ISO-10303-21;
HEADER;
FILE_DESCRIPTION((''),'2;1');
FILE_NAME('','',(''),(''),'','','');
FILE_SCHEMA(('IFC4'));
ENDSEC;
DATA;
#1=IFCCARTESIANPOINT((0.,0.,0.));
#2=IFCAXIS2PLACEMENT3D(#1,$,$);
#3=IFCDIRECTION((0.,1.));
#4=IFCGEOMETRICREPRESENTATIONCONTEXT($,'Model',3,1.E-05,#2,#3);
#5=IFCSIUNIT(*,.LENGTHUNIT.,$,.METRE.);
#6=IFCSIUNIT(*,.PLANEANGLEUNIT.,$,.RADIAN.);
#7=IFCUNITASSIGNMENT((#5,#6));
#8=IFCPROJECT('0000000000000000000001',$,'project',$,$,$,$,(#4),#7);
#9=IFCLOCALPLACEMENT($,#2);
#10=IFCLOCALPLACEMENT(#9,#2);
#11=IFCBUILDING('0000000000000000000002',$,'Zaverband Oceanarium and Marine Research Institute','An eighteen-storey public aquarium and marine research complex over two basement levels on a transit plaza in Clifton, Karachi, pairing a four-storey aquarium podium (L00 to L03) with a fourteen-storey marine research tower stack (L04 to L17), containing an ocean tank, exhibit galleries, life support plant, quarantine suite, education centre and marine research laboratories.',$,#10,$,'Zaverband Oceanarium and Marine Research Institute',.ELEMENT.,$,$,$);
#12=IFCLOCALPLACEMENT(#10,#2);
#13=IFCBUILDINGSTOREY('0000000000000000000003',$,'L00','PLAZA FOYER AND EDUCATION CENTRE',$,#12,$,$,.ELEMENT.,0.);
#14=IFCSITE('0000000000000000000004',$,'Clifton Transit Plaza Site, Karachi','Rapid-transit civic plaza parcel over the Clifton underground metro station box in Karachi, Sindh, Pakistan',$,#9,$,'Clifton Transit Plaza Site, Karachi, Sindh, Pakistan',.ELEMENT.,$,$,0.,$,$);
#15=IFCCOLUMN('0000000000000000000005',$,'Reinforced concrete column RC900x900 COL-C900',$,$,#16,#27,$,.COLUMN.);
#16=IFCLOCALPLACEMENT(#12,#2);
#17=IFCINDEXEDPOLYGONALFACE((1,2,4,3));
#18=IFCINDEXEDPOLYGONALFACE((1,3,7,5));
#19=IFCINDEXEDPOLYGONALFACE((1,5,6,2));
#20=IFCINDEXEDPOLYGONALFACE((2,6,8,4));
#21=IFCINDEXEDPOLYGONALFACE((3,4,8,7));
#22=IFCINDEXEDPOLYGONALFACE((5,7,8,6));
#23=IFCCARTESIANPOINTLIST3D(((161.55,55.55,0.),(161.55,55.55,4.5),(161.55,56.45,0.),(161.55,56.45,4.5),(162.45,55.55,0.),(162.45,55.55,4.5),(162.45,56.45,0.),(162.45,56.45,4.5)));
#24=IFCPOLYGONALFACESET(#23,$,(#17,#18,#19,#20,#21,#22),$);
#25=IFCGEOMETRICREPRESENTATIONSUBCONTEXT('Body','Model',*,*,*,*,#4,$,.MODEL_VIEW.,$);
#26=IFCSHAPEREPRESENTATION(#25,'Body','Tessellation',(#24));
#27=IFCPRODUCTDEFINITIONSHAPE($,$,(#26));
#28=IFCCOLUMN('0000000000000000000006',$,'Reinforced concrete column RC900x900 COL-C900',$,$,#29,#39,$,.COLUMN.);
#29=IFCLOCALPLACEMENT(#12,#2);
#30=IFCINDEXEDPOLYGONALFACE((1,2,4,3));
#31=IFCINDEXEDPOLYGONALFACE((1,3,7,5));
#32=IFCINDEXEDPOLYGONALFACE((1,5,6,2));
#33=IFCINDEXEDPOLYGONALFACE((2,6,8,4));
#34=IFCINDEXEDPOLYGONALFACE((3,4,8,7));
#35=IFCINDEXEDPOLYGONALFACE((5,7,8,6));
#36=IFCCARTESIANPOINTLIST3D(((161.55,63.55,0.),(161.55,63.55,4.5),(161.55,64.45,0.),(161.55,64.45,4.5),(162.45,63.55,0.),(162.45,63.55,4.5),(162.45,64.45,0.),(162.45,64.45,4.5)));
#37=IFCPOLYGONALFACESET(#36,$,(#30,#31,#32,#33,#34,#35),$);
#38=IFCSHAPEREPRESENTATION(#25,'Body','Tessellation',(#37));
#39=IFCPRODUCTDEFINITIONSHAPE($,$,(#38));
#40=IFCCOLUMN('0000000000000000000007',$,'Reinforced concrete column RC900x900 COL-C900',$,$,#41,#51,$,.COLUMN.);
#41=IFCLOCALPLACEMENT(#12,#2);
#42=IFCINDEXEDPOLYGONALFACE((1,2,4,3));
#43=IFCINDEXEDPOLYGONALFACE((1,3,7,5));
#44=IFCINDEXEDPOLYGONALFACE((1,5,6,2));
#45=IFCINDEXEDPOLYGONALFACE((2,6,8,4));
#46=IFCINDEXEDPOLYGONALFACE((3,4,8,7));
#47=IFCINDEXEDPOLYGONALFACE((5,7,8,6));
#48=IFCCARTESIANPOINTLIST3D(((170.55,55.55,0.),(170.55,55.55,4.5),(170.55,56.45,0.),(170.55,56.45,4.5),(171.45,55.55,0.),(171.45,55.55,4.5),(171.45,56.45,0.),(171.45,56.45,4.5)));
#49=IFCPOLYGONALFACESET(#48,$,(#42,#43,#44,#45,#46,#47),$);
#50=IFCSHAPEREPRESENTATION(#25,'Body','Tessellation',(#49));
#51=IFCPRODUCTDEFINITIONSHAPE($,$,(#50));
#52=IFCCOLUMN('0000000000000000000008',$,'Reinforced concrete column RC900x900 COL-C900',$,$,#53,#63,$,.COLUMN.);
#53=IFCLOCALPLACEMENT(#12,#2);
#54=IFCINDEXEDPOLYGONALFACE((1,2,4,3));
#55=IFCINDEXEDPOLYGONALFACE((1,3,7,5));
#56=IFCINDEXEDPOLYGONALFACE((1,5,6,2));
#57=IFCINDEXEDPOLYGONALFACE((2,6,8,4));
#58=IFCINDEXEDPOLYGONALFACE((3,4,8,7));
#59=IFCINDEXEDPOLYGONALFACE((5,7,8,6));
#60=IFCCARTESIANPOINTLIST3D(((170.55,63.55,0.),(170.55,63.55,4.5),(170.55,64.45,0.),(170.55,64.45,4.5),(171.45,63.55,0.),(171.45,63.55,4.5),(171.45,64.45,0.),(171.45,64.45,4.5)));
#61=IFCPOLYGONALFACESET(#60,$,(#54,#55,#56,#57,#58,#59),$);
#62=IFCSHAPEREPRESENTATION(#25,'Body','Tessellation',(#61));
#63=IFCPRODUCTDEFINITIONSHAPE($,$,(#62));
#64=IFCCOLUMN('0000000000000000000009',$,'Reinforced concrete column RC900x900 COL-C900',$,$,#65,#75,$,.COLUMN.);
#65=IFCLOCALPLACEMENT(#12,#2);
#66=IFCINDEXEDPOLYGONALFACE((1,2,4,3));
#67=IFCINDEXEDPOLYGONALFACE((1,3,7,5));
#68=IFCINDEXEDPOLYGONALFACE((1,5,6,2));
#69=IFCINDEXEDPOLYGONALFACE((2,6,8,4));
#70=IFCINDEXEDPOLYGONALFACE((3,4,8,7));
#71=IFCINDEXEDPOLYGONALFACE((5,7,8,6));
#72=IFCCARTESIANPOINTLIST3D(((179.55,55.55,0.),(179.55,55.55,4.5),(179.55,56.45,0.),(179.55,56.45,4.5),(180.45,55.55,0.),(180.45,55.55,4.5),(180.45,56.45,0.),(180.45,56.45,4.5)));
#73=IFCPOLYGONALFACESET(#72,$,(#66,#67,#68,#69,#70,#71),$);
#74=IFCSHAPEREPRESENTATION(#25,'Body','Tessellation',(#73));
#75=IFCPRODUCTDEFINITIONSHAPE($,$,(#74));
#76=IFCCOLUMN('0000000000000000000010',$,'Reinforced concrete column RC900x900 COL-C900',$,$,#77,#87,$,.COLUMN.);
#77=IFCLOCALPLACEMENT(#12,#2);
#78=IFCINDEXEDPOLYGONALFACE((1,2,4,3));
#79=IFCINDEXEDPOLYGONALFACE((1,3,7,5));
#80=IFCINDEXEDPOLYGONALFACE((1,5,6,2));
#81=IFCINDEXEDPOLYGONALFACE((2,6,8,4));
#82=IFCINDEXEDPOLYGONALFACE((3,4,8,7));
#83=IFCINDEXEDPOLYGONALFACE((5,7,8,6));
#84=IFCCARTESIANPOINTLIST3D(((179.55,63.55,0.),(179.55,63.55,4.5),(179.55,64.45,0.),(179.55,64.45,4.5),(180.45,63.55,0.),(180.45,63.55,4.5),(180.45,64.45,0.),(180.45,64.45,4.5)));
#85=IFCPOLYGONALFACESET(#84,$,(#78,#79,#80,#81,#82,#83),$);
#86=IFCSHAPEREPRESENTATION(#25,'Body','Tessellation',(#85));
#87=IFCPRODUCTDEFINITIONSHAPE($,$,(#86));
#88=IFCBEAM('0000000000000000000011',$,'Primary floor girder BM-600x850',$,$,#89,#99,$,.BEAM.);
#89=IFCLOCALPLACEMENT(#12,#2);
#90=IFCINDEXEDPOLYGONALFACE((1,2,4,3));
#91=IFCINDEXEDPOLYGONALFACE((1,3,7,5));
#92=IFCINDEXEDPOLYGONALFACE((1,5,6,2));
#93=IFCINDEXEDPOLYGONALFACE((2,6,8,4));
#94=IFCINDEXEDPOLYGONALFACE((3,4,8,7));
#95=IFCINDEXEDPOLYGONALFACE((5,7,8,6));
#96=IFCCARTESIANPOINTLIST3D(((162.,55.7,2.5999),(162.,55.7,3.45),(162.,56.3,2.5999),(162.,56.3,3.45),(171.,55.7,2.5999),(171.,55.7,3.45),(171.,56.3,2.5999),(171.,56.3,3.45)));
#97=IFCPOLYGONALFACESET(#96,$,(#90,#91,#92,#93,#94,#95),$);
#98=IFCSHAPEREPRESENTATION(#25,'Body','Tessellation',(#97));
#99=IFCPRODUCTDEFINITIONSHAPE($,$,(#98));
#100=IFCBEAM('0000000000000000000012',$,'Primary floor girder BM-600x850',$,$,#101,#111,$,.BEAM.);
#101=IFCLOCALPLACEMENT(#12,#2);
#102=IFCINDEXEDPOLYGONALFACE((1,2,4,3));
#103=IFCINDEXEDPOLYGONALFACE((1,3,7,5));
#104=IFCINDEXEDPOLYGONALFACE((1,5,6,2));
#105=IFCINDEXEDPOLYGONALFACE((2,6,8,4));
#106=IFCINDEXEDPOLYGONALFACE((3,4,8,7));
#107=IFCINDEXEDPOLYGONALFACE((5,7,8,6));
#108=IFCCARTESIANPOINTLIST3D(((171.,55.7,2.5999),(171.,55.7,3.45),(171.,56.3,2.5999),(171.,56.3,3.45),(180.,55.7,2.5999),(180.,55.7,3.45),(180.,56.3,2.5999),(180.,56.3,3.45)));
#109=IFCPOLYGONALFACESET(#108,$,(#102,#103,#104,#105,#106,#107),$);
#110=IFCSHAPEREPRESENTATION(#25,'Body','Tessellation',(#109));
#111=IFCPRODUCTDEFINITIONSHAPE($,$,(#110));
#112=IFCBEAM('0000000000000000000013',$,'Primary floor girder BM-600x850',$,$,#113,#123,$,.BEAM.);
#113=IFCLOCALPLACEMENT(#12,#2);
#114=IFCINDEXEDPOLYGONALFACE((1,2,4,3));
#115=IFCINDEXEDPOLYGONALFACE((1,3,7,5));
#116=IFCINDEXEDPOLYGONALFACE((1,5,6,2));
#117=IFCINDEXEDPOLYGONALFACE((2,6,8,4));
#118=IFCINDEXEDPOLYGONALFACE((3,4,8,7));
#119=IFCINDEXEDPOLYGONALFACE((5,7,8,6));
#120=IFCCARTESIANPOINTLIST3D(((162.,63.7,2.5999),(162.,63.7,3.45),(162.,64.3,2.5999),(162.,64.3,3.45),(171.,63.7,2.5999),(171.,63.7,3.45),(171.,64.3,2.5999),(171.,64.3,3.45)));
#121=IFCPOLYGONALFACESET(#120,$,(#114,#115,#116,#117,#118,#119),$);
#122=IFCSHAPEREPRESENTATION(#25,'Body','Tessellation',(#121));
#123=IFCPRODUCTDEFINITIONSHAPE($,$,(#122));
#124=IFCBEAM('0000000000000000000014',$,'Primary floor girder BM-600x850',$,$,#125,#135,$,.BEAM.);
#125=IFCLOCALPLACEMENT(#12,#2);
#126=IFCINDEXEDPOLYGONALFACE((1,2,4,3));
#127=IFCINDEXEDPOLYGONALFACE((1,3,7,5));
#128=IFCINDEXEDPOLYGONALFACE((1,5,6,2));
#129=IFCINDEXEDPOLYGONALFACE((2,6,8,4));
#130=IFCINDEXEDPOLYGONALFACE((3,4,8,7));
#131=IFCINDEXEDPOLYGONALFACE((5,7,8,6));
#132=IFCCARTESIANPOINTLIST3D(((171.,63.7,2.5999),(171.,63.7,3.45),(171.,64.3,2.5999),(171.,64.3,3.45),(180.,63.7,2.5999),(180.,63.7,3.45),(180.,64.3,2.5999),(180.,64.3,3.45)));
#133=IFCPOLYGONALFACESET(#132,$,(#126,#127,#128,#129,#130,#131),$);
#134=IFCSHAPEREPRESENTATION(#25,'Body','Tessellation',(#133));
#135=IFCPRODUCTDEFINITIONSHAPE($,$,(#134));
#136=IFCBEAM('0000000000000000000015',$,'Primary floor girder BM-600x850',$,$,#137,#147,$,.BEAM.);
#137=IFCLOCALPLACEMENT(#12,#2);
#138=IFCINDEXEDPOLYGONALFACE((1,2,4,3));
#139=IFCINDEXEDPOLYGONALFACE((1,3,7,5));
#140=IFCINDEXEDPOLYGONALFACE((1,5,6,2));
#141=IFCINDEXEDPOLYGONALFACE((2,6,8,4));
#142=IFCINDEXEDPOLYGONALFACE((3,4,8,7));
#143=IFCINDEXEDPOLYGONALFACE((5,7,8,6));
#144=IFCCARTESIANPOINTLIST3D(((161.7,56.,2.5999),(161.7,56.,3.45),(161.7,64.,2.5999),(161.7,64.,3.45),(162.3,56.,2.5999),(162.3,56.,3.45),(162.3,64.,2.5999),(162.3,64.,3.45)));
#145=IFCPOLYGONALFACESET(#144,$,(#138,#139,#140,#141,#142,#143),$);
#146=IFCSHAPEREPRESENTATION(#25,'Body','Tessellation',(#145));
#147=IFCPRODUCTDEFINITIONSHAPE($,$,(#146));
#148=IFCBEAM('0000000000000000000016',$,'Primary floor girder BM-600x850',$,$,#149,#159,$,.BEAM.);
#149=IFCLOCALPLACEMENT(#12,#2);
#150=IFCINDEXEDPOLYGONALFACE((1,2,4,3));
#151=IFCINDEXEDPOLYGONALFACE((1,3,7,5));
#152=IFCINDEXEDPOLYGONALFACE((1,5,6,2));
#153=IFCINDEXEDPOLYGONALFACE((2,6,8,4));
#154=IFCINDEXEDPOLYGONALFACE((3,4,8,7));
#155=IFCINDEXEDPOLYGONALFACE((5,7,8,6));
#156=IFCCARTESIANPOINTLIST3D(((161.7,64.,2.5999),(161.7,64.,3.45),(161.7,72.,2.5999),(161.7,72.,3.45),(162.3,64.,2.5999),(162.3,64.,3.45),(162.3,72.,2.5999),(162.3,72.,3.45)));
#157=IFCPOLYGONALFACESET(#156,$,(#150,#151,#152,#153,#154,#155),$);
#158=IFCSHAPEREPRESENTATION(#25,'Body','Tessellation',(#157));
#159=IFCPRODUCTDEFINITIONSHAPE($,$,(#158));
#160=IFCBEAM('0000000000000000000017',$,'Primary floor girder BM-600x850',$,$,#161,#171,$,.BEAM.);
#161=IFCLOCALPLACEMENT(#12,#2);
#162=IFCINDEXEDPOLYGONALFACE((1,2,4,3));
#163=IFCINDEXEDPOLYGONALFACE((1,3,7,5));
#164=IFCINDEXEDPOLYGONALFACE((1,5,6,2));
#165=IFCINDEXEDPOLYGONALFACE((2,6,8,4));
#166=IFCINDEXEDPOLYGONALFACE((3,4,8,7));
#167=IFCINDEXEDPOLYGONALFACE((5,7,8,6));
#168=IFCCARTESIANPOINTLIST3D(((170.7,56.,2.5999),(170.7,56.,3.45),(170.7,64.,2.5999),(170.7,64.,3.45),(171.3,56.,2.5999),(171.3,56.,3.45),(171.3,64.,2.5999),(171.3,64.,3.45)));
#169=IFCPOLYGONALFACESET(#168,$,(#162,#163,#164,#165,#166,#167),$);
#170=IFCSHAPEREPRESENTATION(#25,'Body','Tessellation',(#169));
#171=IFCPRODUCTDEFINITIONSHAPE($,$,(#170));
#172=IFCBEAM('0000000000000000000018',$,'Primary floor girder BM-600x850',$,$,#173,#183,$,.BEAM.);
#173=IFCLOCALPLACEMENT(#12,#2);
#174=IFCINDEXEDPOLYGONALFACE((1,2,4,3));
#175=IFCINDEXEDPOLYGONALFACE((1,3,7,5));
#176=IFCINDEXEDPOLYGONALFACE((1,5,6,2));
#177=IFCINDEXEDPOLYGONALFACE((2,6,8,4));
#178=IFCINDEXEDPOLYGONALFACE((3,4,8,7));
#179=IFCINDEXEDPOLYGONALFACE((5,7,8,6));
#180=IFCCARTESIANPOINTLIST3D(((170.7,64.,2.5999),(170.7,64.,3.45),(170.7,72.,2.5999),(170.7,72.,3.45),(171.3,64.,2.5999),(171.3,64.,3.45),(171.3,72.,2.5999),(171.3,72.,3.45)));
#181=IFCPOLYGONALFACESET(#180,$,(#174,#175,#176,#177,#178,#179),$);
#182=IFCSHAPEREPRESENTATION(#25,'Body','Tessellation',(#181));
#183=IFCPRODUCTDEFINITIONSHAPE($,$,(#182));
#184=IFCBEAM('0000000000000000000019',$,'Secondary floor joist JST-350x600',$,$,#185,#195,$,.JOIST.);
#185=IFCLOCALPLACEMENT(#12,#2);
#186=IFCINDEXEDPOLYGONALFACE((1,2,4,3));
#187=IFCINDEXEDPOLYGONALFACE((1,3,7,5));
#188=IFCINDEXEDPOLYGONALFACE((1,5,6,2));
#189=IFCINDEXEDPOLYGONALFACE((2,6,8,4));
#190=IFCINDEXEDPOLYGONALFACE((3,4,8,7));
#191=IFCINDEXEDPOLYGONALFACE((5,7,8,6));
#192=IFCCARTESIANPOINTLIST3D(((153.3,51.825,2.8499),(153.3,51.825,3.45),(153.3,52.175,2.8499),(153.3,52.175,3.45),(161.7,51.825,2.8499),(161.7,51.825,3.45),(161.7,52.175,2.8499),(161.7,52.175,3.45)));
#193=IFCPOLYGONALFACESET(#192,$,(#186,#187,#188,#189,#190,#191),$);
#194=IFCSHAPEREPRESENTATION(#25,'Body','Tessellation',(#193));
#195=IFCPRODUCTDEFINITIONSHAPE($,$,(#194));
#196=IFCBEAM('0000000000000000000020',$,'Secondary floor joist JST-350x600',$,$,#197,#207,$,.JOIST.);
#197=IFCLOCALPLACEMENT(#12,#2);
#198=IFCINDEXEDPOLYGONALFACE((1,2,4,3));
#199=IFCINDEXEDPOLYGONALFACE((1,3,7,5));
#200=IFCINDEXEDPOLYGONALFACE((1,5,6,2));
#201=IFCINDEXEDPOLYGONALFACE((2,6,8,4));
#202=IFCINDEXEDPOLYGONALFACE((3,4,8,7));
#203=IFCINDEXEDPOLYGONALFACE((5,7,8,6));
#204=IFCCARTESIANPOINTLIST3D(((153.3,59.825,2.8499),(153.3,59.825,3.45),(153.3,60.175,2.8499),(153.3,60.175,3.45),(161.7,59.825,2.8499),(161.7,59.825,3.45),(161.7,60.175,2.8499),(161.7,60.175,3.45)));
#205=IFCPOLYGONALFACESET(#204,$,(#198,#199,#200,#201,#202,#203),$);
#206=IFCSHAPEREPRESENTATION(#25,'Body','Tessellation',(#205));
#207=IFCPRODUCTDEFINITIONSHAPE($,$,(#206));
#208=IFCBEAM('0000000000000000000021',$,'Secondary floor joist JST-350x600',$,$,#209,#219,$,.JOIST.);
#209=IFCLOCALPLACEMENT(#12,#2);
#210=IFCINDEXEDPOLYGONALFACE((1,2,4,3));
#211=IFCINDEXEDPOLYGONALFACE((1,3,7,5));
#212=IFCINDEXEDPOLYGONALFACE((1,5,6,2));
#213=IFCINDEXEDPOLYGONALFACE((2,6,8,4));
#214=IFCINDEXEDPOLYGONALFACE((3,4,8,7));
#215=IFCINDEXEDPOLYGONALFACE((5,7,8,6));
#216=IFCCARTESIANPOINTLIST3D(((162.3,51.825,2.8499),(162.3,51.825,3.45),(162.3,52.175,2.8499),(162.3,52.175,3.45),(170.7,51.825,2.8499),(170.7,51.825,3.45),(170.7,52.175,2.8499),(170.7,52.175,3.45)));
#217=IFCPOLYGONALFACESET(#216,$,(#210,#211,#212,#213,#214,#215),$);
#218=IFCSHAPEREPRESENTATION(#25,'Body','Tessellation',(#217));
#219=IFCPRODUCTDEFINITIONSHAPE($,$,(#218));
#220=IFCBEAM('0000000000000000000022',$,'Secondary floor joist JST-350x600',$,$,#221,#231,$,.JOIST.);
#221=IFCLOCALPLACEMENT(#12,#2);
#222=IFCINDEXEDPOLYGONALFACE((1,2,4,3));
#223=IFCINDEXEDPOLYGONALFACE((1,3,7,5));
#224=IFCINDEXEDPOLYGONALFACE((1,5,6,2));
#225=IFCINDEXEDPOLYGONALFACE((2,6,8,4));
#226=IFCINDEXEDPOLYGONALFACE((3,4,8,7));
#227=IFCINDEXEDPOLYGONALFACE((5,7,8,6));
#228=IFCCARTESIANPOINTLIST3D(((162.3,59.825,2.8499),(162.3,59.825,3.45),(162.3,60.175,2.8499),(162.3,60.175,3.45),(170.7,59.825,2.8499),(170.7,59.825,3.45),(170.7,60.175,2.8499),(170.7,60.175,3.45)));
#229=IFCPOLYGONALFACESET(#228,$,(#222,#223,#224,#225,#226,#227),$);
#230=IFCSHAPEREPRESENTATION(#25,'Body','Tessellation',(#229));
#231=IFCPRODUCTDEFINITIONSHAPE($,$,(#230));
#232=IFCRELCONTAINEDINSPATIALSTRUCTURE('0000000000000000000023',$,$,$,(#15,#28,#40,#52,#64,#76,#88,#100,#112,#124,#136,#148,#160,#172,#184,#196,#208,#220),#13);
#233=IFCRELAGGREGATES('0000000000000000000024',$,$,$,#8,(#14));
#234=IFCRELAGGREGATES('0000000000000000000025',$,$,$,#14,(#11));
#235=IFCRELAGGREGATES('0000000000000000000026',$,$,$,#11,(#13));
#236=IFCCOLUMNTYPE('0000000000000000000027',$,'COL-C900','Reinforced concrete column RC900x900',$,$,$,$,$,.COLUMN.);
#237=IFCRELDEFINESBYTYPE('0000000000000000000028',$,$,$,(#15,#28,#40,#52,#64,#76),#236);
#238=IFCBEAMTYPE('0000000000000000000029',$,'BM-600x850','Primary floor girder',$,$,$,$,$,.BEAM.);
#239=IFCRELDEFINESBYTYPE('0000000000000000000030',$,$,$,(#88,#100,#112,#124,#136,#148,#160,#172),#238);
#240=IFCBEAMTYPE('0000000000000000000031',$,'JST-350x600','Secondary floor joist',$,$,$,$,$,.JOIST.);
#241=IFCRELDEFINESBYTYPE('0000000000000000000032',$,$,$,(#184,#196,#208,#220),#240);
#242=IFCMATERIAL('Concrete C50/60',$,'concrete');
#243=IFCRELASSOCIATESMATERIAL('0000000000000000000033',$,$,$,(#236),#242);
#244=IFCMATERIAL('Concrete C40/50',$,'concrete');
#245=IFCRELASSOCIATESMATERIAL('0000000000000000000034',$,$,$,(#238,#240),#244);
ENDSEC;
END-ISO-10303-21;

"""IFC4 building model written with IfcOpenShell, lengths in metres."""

from ifc_helpers import new_model, si_unit, direction, frame, origin, origin_2d, place, context, subcontext, project, spatial, rectangle, extrude, material, material_profile, profile_set, type_object, element, save


model = new_model("IFC4")

# Units and contexts
model_context = context("Model", 3, precision=1e-05, world=origin(), true_north=direction((0.0, 1.0)))
body_context = subcontext(model_context, "Body", "Model", "MODEL_VIEW")
ifc_project = project(units=[si_unit("LENGTHUNIT", "METRE"), si_unit("PLANEANGLEUNIT", "RADIAN")], contexts=[model_context])

# Site, building, storey
site_placement = place(None, origin())
site = spatial("IfcSite", under=ifc_project, at=site_placement, Name="Clifton Transit Plaza Site, Karachi", Description="Rapid-transit civic plaza parcel over the Clifton underground metro station box in Karachi, Sindh, Pakistan", LongName="Clifton Transit Plaza Site, Karachi, Sindh, Pakistan", CompositionType="ELEMENT", RefElevation=0.0)
building_placement = place(site_placement, origin())
building = spatial("IfcBuilding", under=site, at=building_placement, Name="Zaverband Oceanarium and Marine Research Institute", Description="An eighteen-storey public aquarium and marine research complex over two basement levels on a transit plaza in Clifton, Karachi, pairing a four-storey aquarium podium (L00 to L03) with a fourteen-storey marine research tower stack (L04 to L17), containing an ocean tank, exhibit galleries, life support plant, quarantine suite, education centre and marine research laboratories.", LongName="Zaverband Oceanarium and Marine Research Institute", CompositionType="ELEMENT")
storey_placement = place(building_placement, origin())
storey = spatial("IfcBuildingStorey", under=building, at=storey_placement, Name="L00", Description="PLAZA FOYER AND EDUCATION CENTRE", CompositionType="ELEMENT", Elevation=0.0)

# Columns
ifc_material_1 = material(Name="Concrete C50/60", Category="concrete")
ifc_material_profile_1 = material_profile(ifc_material_1, rectangle(XDim=0.8999, YDim=0.8999, at=origin_2d()), Name="RC900x900")
ifc_profile_set_1 = profile_set([ifc_material_profile_1], Name="Concrete C50/60")
column_type = type_object("IfcColumnType", Name="COL-C900", Description="Reinforced concrete column RC900x900", PredefinedType="COLUMN", material=ifc_profile_set_1)
for number, where, z_axis, x_axis, name in (
    (1, (162.0, 56.0, 0.0), (0.0, 0.0, 1.0), (1.0, 0.0, 0.0), "Reinforced concrete column RC900x900 COL-C900"),
    (2, (162.0, 64.0, 0.0), (0.0, 0.0, 1.0), (1.0, 0.0, 0.0), "Reinforced concrete column RC900x900 COL-C900"),
    (3, (171.0, 56.0, 0.0), (0.0, 0.0, 1.0), (1.0, 0.0, 0.0), "Reinforced concrete column RC900x900 COL-C900"),
    (4, (171.0, 64.0, 0.0), (0.0, 0.0, 1.0), (1.0, 0.0, 0.0), "Reinforced concrete column RC900x900 COL-C900"),
    (5, (180.0, 56.0, 0.0), (0.0, 0.0, 1.0), (1.0, 0.0, 0.0), "Reinforced concrete column RC900x900 COL-C900"),
    (6, (180.0, 64.0, 0.0), (0.0, 0.0, 1.0), (1.0, 0.0, 0.0), "Reinforced concrete column RC900x900 COL-C900"),
):
    element("IfcColumn", number, at=place(storey_placement, frame(where, z_axis=z_axis, x_axis=x_axis)), inside=storey, type_object=column_type, Name=name, PredefinedType="COLUMN", context=body_context, shape_type="SweptSolid", body=[
        extrude(rectangle(XDim=0.8999, YDim=0.8999, at=origin_2d()), origin(), (0.0, 0.0, 1.0), 4.5),
    ])

# Beams
ifc_material_2 = material(Name="Concrete C40/50", Category="concrete")
ifc_material_profile_2 = material_profile(ifc_material_2, rectangle(XDim=0.6001, YDim=0.8501, at=origin_2d()), Name="RC600x850")
ifc_profile_set_2 = profile_set([ifc_material_profile_2], Name="Concrete C40/50")
beam_type_1 = type_object("IfcBeamType", Name="BM-600x850", Description="Primary floor girder", PredefinedType="BEAM", material=ifc_profile_set_2)
for number, where, z_axis, x_axis, name in (
    (7, (162.0, 56.0, 3.0249), (1.0, 0.0, 0.0), (0.0, 1.0, 0.0), "Primary floor girder BM-600x850"),
    (8, (171.0, 56.0, 3.0249), (1.0, 0.0, 0.0), (0.0, 1.0, 0.0), "Primary floor girder BM-600x850"),
    (9, (162.0, 64.0, 3.0249), (1.0, 0.0, 0.0), (0.0, 1.0, 0.0), "Primary floor girder BM-600x850"),
    (10, (171.0, 64.0, 3.0249), (1.0, 0.0, 0.0), (0.0, 1.0, 0.0), "Primary floor girder BM-600x850"),
):
    element("IfcBeam", number, at=place(storey_placement, frame(where, z_axis=z_axis, x_axis=x_axis)), inside=storey, type_object=beam_type_1, Name=name, PredefinedType="BEAM", context=body_context, shape_type="SweptSolid", body=[
        extrude(rectangle(XDim=0.6001, YDim=0.8501, at=origin_2d()), origin(), (0.0, 0.0, 1.0), 9.0),
    ])
for number, where, z_axis, x_axis, name in (
    (11, (162.0, 56.0, 3.0249), (0.0, 1.0, 0.0), (-1.0, 0.0, 0.0), "Primary floor girder BM-600x850"),
    (12, (162.0, 64.0, 3.0249), (0.0, 1.0, 0.0), (-1.0, 0.0, 0.0), "Primary floor girder BM-600x850"),
    (13, (171.0, 56.0, 3.0249), (0.0, 1.0, 0.0), (-1.0, 0.0, 0.0), "Primary floor girder BM-600x850"),
    (14, (171.0, 64.0, 3.0249), (0.0, 1.0, 0.0), (-1.0, 0.0, 0.0), "Primary floor girder BM-600x850"),
):
    element("IfcBeam", number, at=place(storey_placement, frame(where, z_axis=z_axis, x_axis=x_axis)), inside=storey, type_object=beam_type_1, Name=name, PredefinedType="BEAM", context=body_context, shape_type="SweptSolid", body=[
        extrude(rectangle(XDim=0.6001, YDim=0.8501, at=origin_2d()), origin(), (0.0, 0.0, 1.0), 8.0),
    ])
ifc_material_profile_3 = material_profile(ifc_material_2, rectangle(XDim=0.3501, YDim=0.6001, at=origin_2d()), Name="RC350x600")
ifc_profile_set_3 = profile_set([ifc_material_profile_3], Name="Concrete C40/50")
beam_type_2 = type_object("IfcBeamType", Name="JST-350x600", Description="Secondary floor joist", PredefinedType="JOIST", material=ifc_profile_set_3)
for number, where, z_axis, x_axis, name in (
    (15, (153.3, 52.0, 3.1499), (1.0, 0.0, 0.0), (0.0, 1.0, 0.0), "Secondary floor joist JST-350x600"),
    (16, (153.3, 60.0, 3.1499), (1.0, 0.0, 0.0), (0.0, 1.0, 0.0), "Secondary floor joist JST-350x600"),
    (17, (162.3, 52.0, 3.1499), (1.0, 0.0, 0.0), (0.0, 1.0, 0.0), "Secondary floor joist JST-350x600"),
    (18, (162.3, 60.0, 3.1499), (1.0, 0.0, 0.0), (0.0, 1.0, 0.0), "Secondary floor joist JST-350x600"),
):
    element("IfcBeam", number, at=place(storey_placement, frame(where, z_axis=z_axis, x_axis=x_axis)), inside=storey, type_object=beam_type_2, Name=name, PredefinedType="JOIST", context=body_context, shape_type="SweptSolid", body=[
        extrude(rectangle(XDim=0.3501, YDim=0.6001, at=origin_2d()), origin(), (0.0, 0.0, 1.0), 8.3999),
    ])

save(model, "model.ifc")
